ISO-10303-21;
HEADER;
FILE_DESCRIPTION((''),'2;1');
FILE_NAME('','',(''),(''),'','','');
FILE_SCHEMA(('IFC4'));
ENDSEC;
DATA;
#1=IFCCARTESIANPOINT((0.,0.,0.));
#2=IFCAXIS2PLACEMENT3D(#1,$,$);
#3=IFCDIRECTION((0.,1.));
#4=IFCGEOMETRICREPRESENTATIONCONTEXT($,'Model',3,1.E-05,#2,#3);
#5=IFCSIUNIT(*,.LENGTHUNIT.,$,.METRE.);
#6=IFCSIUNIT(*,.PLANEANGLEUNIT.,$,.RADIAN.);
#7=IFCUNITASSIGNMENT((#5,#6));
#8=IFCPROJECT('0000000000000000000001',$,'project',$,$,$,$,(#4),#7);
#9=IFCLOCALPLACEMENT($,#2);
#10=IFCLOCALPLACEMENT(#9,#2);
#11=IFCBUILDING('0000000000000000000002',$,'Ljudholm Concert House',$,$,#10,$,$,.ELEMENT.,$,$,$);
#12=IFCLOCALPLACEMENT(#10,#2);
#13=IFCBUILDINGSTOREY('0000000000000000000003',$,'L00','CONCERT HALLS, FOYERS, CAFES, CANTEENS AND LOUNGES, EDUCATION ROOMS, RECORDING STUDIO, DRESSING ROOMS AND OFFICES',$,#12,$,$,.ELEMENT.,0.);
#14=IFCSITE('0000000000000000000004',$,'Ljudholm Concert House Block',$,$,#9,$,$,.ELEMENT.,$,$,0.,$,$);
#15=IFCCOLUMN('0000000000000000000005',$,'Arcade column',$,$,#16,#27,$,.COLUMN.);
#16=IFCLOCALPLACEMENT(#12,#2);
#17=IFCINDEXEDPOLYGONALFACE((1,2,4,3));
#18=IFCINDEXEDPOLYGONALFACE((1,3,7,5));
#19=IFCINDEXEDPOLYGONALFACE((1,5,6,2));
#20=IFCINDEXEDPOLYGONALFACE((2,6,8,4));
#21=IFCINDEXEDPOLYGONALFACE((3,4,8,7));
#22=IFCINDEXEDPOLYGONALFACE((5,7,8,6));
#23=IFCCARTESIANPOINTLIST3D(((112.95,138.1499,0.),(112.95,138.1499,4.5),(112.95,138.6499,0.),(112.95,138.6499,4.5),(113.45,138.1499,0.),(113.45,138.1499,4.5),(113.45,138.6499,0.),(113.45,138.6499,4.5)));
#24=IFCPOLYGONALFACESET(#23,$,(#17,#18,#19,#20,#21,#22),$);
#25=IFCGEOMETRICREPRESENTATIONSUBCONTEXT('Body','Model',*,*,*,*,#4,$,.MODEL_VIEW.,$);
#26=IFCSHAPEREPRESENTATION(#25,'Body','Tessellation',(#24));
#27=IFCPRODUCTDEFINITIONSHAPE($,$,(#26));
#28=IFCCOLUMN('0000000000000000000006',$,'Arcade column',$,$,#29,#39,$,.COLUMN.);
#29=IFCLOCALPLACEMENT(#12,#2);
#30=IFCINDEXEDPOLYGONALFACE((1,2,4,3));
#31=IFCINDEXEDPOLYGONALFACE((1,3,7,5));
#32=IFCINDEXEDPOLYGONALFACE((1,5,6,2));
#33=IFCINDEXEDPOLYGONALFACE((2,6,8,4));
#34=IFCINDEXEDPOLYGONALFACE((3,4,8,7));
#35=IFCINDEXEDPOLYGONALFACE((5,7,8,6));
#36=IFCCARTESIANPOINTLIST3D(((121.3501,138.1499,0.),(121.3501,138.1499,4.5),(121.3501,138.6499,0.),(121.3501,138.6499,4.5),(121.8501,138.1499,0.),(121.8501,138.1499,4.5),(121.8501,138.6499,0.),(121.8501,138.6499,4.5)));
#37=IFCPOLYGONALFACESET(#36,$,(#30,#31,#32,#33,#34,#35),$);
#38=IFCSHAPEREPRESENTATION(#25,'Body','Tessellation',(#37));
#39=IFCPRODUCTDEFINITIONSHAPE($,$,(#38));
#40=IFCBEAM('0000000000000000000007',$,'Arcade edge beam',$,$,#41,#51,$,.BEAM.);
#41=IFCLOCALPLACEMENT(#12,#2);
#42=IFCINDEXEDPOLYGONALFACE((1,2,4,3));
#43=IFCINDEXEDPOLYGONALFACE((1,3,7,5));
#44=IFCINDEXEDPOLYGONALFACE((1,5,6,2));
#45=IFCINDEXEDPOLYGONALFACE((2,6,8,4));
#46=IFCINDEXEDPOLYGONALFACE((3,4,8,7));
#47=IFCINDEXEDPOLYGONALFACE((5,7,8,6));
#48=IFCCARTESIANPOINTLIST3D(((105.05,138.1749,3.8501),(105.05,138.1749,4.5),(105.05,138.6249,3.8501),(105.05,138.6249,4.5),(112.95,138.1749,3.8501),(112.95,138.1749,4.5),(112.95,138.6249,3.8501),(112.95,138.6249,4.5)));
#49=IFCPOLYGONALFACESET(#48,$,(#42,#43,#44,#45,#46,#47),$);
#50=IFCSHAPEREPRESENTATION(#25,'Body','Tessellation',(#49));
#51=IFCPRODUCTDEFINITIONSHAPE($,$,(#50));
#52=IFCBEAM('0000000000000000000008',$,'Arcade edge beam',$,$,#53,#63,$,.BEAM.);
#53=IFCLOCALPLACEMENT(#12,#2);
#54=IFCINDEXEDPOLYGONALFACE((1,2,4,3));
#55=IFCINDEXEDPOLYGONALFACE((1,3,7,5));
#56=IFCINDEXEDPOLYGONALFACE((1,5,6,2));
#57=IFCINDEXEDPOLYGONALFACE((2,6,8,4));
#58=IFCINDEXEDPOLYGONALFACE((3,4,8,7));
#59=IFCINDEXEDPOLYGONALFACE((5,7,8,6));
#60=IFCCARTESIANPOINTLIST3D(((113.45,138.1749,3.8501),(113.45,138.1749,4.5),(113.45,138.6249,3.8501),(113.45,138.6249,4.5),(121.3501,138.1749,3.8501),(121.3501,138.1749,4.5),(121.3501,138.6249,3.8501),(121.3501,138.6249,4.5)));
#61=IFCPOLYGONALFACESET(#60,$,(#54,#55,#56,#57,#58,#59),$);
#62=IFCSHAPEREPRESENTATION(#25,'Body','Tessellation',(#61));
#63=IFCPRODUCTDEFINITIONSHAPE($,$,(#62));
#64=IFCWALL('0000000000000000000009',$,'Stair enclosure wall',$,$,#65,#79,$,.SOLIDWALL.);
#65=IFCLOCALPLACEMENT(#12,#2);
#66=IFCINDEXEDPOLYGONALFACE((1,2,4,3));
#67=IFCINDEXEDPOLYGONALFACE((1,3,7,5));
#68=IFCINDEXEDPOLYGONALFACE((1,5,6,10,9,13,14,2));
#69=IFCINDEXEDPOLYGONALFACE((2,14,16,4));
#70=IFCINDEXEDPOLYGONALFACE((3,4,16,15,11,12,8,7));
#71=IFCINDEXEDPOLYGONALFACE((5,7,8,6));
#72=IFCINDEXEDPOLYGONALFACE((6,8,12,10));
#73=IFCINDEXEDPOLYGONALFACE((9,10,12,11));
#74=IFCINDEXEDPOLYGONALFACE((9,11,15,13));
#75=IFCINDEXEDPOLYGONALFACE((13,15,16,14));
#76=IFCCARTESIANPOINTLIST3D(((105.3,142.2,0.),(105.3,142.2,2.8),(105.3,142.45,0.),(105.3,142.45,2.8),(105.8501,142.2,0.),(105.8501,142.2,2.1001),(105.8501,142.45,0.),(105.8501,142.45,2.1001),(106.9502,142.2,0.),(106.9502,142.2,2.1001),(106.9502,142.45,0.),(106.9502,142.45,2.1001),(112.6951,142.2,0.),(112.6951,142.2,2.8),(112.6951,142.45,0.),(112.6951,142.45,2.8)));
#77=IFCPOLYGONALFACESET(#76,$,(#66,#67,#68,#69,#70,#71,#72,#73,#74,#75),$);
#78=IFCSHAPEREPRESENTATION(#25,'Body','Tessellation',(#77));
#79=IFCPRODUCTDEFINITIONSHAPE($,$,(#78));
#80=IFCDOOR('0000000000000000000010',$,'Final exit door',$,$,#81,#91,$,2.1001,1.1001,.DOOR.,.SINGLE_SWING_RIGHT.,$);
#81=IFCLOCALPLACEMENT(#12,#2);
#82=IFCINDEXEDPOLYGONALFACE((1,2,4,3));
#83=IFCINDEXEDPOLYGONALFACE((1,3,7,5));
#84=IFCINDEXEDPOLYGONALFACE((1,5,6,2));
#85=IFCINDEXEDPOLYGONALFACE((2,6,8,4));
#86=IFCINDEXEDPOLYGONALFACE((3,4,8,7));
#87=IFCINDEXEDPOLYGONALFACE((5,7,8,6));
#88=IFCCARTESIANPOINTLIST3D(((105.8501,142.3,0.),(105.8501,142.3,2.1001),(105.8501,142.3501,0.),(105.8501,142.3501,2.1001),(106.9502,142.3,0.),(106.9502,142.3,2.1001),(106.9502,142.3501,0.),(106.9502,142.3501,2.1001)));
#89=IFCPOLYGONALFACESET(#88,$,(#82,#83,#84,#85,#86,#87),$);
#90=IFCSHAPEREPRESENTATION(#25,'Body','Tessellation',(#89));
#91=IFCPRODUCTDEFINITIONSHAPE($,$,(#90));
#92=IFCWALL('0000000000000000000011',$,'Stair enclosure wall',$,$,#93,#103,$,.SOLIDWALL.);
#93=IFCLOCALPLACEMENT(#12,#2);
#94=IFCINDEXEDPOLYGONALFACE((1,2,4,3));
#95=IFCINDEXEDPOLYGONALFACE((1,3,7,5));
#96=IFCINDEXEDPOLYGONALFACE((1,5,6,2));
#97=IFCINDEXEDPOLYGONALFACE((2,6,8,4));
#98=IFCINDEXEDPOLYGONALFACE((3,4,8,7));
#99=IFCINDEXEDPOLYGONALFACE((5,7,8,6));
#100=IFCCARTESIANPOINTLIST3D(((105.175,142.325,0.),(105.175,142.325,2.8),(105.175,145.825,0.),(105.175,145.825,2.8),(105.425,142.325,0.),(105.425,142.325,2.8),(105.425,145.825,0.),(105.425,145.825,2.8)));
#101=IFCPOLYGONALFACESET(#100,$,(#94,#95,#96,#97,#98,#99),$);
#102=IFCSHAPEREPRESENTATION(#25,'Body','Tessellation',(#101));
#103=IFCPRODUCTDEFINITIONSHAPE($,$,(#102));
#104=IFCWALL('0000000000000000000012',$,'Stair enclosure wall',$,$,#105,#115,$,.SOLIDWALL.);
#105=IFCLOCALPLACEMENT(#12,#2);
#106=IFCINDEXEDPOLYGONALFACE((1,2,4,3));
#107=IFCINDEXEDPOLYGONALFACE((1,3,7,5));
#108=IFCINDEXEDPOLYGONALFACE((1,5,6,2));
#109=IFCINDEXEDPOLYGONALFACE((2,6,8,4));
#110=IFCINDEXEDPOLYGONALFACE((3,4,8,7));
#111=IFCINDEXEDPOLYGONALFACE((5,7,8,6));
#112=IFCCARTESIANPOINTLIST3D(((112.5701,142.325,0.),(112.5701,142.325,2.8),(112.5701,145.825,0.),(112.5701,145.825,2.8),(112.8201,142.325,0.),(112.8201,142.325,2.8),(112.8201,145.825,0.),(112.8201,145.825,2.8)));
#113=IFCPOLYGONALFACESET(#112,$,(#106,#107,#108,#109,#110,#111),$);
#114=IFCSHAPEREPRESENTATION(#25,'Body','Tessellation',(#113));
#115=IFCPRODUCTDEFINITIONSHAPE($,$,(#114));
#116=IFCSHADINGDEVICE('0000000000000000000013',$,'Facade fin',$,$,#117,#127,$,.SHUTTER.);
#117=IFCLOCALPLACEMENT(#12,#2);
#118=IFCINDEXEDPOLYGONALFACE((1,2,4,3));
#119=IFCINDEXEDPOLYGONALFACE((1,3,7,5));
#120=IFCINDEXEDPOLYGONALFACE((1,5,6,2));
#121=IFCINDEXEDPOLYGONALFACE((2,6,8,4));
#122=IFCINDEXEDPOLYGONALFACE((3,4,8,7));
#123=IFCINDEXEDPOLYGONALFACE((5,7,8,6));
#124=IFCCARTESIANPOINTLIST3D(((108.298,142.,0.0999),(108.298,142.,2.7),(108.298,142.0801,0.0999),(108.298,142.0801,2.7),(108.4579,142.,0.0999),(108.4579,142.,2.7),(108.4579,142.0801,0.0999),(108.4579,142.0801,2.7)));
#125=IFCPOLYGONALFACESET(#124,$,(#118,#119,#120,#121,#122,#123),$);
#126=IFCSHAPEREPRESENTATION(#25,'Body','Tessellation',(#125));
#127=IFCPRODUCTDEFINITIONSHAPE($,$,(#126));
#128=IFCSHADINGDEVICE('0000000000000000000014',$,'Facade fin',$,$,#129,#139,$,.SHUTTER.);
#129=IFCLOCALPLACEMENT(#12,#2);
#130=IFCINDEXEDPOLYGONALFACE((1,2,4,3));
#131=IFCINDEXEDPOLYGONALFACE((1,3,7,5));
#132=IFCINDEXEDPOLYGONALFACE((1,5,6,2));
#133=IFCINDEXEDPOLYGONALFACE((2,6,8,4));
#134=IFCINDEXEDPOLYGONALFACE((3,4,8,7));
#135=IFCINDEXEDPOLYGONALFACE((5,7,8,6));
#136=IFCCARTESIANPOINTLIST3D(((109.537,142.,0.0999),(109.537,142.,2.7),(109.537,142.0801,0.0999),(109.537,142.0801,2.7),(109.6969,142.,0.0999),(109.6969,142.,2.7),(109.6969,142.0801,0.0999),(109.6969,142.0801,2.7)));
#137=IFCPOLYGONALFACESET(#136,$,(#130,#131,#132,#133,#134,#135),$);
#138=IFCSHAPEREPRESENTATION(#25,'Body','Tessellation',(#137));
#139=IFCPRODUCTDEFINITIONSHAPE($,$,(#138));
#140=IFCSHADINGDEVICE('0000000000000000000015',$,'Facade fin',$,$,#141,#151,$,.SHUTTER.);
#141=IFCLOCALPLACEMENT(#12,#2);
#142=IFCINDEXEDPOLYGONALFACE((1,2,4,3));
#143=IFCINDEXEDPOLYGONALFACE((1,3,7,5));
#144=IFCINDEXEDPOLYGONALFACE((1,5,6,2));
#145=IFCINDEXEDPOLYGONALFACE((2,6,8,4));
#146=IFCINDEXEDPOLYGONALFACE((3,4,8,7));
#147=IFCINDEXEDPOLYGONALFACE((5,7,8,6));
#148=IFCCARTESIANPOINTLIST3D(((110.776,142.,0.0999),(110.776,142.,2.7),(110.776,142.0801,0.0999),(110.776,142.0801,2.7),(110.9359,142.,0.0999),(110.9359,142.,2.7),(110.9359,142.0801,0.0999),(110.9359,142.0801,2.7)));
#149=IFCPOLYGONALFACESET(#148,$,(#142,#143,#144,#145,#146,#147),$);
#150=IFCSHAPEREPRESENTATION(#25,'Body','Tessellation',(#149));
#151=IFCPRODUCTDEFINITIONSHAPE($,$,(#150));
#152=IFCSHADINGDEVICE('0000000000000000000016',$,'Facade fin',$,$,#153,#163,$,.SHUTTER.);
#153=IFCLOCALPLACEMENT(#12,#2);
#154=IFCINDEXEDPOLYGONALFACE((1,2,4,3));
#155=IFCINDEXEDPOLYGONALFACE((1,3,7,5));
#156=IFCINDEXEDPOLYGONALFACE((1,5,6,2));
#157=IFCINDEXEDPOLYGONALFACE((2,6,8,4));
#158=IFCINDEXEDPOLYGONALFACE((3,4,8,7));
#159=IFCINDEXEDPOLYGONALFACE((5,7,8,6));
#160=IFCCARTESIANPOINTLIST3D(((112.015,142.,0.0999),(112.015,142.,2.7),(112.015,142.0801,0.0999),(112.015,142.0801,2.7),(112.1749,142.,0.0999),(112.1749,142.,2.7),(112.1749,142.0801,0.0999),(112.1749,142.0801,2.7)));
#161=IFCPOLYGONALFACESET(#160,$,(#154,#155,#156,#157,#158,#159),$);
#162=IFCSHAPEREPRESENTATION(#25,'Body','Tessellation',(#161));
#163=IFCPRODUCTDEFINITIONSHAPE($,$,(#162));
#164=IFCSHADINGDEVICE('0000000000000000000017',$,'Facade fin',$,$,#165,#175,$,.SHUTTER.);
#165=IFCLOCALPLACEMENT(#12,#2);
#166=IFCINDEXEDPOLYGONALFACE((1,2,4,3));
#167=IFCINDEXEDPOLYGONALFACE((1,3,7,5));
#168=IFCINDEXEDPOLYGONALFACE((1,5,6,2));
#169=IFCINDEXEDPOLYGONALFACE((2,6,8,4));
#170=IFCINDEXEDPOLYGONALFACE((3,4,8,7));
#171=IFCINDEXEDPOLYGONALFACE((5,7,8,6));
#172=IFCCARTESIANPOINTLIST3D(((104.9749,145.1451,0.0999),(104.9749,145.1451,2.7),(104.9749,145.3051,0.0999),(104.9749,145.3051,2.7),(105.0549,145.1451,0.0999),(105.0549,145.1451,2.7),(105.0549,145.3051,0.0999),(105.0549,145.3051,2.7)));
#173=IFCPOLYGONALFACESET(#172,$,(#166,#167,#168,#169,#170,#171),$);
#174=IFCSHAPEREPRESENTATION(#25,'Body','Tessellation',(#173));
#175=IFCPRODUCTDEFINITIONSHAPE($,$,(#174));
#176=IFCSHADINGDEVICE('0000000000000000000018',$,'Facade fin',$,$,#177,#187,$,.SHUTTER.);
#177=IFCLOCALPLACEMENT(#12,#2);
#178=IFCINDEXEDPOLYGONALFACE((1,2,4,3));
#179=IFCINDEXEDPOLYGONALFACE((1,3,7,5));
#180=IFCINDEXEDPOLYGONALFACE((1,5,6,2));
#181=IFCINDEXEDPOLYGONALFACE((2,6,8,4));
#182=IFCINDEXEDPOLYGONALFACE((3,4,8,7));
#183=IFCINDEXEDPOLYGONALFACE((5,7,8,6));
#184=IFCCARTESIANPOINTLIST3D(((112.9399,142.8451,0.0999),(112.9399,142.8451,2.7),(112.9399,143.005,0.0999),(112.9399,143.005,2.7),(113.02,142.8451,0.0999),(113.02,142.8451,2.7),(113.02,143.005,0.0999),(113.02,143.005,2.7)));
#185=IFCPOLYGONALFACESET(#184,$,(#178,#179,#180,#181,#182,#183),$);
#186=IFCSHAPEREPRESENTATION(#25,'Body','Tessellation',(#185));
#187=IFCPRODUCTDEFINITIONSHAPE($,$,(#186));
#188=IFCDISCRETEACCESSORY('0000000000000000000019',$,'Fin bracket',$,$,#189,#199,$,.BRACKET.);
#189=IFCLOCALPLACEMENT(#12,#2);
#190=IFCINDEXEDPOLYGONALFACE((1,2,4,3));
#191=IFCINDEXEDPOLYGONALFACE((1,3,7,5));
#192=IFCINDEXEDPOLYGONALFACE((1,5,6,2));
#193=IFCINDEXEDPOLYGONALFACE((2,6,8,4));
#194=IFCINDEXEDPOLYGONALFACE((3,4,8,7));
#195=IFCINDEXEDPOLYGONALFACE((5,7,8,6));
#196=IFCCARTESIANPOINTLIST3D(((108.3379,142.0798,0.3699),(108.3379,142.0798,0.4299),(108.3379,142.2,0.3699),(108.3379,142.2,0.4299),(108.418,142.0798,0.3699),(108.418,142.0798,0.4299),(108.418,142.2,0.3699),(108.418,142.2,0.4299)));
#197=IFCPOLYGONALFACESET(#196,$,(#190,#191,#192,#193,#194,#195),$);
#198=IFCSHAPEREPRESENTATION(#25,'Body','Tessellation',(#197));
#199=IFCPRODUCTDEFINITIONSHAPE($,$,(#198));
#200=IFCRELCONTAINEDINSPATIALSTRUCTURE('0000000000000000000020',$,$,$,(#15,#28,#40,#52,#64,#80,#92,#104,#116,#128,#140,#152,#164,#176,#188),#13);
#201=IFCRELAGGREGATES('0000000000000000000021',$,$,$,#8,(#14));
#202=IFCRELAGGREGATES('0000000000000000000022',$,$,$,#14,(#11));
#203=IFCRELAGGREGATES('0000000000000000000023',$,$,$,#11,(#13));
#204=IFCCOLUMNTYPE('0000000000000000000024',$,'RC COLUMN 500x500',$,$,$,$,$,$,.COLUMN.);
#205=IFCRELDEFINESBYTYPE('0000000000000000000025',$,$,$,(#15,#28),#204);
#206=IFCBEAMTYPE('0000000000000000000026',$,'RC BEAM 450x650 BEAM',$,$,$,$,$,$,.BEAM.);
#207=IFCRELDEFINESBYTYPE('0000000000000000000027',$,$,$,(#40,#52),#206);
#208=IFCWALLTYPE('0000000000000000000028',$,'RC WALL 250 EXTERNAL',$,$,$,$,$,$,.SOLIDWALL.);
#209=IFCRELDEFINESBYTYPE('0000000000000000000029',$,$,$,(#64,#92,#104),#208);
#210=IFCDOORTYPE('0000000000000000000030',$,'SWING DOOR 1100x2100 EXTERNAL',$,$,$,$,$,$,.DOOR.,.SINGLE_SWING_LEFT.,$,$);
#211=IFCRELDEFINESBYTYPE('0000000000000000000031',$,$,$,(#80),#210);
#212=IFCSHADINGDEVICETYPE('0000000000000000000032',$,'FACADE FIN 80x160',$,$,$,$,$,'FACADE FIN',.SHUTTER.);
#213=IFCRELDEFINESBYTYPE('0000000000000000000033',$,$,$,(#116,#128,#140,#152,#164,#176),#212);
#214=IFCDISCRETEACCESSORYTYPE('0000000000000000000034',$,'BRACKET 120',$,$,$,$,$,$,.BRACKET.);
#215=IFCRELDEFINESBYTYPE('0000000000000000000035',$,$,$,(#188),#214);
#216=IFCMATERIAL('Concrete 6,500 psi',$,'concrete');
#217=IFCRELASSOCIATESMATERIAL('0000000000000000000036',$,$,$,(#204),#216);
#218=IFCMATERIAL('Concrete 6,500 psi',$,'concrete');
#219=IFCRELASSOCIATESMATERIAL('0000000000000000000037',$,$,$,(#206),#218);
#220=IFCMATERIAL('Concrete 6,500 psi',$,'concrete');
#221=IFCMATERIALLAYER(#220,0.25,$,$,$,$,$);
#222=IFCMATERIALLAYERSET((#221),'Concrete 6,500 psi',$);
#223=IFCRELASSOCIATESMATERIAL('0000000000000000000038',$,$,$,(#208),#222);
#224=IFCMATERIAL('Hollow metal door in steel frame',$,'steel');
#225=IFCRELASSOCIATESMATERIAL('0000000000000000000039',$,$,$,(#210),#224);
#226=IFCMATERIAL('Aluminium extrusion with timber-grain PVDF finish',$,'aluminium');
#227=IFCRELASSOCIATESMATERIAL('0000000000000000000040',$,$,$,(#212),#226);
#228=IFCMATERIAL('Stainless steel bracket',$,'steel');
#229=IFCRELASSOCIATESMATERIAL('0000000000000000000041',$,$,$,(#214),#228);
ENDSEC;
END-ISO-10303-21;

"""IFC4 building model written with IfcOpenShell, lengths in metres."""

from ifc_helpers import new_model, si_unit, direction, frame, frame_2d, origin, origin_2d, place, context, subcontext, project, spatial, rectangle, extrude, material, layer, layer_set, material_profile, profile_set, type_object, element, fill, save


model = new_model("IFC4")

# Units and contexts
model_context = context("Model", 3, precision=1e-05, world=origin(), true_north=direction((0.0, 1.0)))
body_context = subcontext(model_context, "Body", "Model", "MODEL_VIEW")
ifc_project = project(units=[si_unit("LENGTHUNIT", "METRE"), si_unit("PLANEANGLEUNIT", "RADIAN")], contexts=[model_context])

# Site, building, storey
site_placement = place(None, origin())
site = spatial("IfcSite", under=ifc_project, at=site_placement, Name="Ljudholm Concert House Block", CompositionType="ELEMENT", RefElevation=0.0)
building_placement = place(site_placement, origin())
building = spatial("IfcBuilding", under=site, at=building_placement, Name="Ljudholm Concert House", CompositionType="ELEMENT")
storey_placement = place(building_placement, origin())
storey = spatial("IfcBuildingStorey", under=building, at=storey_placement, Name="L00", Description="CONCERT HALLS, FOYERS, CAFES, CANTEENS AND LOUNGES, EDUCATION ROOMS, RECORDING STUDIO, DRESSING ROOMS AND OFFICES", CompositionType="ELEMENT", Elevation=0.0)

# Columns
ifc_material_1 = material(Name="Concrete 6,500 psi", Category="concrete")
ifc_material_profile_1 = material_profile(ifc_material_1, rectangle(XDim=0.5, YDim=0.5, at=origin_2d()), Name="RC COLUMN 500x500")
ifc_profile_set_1 = profile_set([ifc_material_profile_1], Name="Concrete 6,500 psi")
column_type = type_object("IfcColumnType", Name="RC COLUMN 500x500", PredefinedType="COLUMN", material=ifc_profile_set_1)
for number, where, z_axis, x_axis, name in (
    (1, (113.2, 138.3999, 0.0), (0.0, 0.0, 1.0), (1.0, 0.0, 0.0), "Arcade column"),
    (2, (121.6001, 138.3999, 0.0), (0.0, 0.0, 1.0), (1.0, 0.0, 0.0), "Arcade column"),
):
    element("IfcColumn", number, at=place(storey_placement, frame(where, z_axis=z_axis, x_axis=x_axis)), inside=storey, type_object=column_type, Name=name, PredefinedType="COLUMN", context=body_context, shape_type="SweptSolid", body=[
        extrude(rectangle(XDim=0.5, YDim=0.5, at=origin_2d()), origin(), (0.0, 0.0, 1.0), 4.5),
    ])

# Beams
ifc_material_2 = material(Name="Concrete 6,500 psi", Category="concrete")
ifc_material_profile_2 = material_profile(ifc_material_2, rectangle(XDim=0.45, YDim=0.6499, at=origin_2d()), Name="RC BEAM 450x650 BEAM")
ifc_profile_set_2 = profile_set([ifc_material_profile_2], Name="Concrete 6,500 psi")
beam_type = type_object("IfcBeamType", Name="RC BEAM 450x650 BEAM", PredefinedType="BEAM", material=ifc_profile_set_2)
beam_1_placement = place(storey_placement, frame((105.05, 138.3999, 4.175), z_axis=(1.0, 0.0, 0.0), x_axis=(0.0, 1.0, 0.0)))
element("IfcBeam", 3, at=beam_1_placement, inside=storey, type_object=beam_type, Name="Arcade edge beam", PredefinedType="BEAM", context=body_context, shape_type="SweptSolid", body=[
    extrude(rectangle(XDim=0.45, YDim=0.6499, at=origin_2d()), origin(), (0.0, 0.0, 1.0), 7.8999),
])
beam_2_placement = place(storey_placement, frame((113.45, 138.3999, 4.175), z_axis=(1.0, 0.0, 0.0), x_axis=(0.0, 1.0, 0.0)))
element("IfcBeam", 4, at=beam_2_placement, inside=storey, type_object=beam_type, Name="Arcade edge beam", PredefinedType="BEAM", context=body_context, shape_type="SweptSolid", body=[
    extrude(rectangle(XDim=0.45, YDim=0.6499, at=origin_2d()), origin(), (0.0, 0.0, 1.0), 7.9001),
])

# Wall, opening, door
ifc_material_3 = material(Name="Concrete 6,500 psi", Category="concrete")
ifc_layer = layer(ifc_material_3, 0.25)
ifc_layer_set = layer_set([ifc_layer], Name="Concrete 6,500 psi")
wall_type = type_object("IfcWallType", Name="RC WALL 250 EXTERNAL", PredefinedType="SOLIDWALL", material=ifc_layer_set)
wall_placement = place(storey_placement, frame((105.3, 142.325, 0.0), z_axis=(0.0, 0.0, 1.0), x_axis=(1.0, 0.0, 0.0)))
wall = element("IfcWall", 5, at=wall_placement, inside=storey, type_object=wall_type, Name="Stair enclosure wall", PredefinedType="SOLIDWALL", context=body_context, shape_type="SweptSolid", body=[
    extrude(rectangle(XDim=7.395, YDim=0.25, at=frame_2d((3.6975, 0.0))), origin(), (0.0, 0.0, 1.0), 2.8),
])
opening_placement = place(wall_placement, frame((0.55, 0.0, 0.0)))
opening = element("IfcOpeningElement", 6, at=opening_placement, cuts=wall, PredefinedType="OPENING", context=body_context, shape_type="SweptSolid", body=[
    extrude(rectangle(XDim=1.1001, YDim=2.1001, at=frame_2d((0.55, 1.05))), frame((0.0, 0.135, 0.0), z_axis=(0.0, -1.0, 0.0), x_axis=(1.0, 0.0, 0.0)), (0.0, 0.0, 1.0), 0.27),
])
ifc_material_4 = material(Name="Hollow metal door in steel frame", Category="steel")
door_type = type_object("IfcDoorType", Name="SWING DOOR 1100x2100 EXTERNAL", OperationType="SINGLE_SWING_LEFT", PredefinedType="DOOR", material=ifc_material_4)
door_placement = place(opening_placement, frame((1.1001, 0.0, 0.0), z_axis=(0.0, 0.0, 1.0), x_axis=(-1.0, 0.0, 0.0)))
door = element("IfcDoor", 7, at=door_placement, inside=storey, type_object=door_type, Name="Final exit door", OperationType="SINGLE_SWING_RIGHT", OverallHeight=2.1001, OverallWidth=1.1001, PredefinedType="DOOR", context=body_context, shape_type="SweptSolid", body=[
    extrude(rectangle(XDim=1.1001, YDim=2.1001, at=frame_2d((0.55, 1.05))), frame((0.0, 0.0249, 0.0), z_axis=(0.0, -1.0, 0.0), x_axis=(1.0, 0.0, 0.0)), (0.0, 0.0, 1.0), 0.05),
])
fill(opening, door)

# Walls
for number, where, z_axis, x_axis, name in (
    (8, (105.3, 142.325, 0.0), (0.0, 0.0, 1.0), (0.0, 1.0, 0.0), "Stair enclosure wall"),
    (9, (112.6951, 142.325, 0.0), (0.0, 0.0, 1.0), (0.0, 1.0, 0.0), "Stair enclosure wall"),
):
    element("IfcWall", number, at=place(storey_placement, frame(where, z_axis=z_axis, x_axis=x_axis)), inside=storey, type_object=wall_type, Name=name, PredefinedType="SOLIDWALL", context=body_context, shape_type="SweptSolid", body=[
        extrude(rectangle(XDim=3.5, YDim=0.25, at=frame_2d((1.75, 0.0))), origin(), (0.0, 0.0, 1.0), 2.8),
    ])

# Shading devices
ifc_material_5 = material(Name="Aluminium extrusion with timber-grain PVDF finish", Category="aluminium")
shading_device_type = type_object("IfcShadingDeviceType", Name="FACADE FIN 80x160", ElementType="FACADE FIN", PredefinedType="SHUTTER", material=ifc_material_5)
for number, where, z_axis, x_axis, name in (
    (10, (108.3779, 142.04, 0.0999), (0.0, 0.0, 1.0), (0.0, -1.0, 0.0), "Facade fin"),
    (11, (109.6169, 142.04, 0.0999), (0.0, 0.0, 1.0), (0.0, -1.0, 0.0), "Facade fin"),
    (12, (110.856, 142.04, 0.0999), (0.0, 0.0, 1.0), (0.0, -1.0, 0.0), "Facade fin"),
    (13, (112.095, 142.04, 0.0999), (0.0, 0.0, 1.0), (0.0, -1.0, 0.0), "Facade fin"),
    (14, (105.0149, 145.2251, 0.0999), (0.0, 0.0, 1.0), (-1.0, 0.0, 0.0), "Facade fin"),
    (15, (112.98, 142.925, 0.0999), (0.0, 0.0, 1.0), (1.0, 0.0, 0.0), "Facade fin"),
):
    element("IfcShadingDevice", number, at=place(storey_placement, frame(where, z_axis=z_axis, x_axis=x_axis)), inside=storey, type_object=shading_device_type, Name=name, PredefinedType="SHUTTER", context=body_context, shape_type="SweptSolid", body=[
        extrude(rectangle(XDim=0.0801, YDim=0.1599, at=origin_2d()), origin(), (0.0, 0.0, 1.0), 2.6001),
    ])

# Discrete accessory
ifc_material_6 = material(Name="Stainless steel bracket", Category="steel")
discrete_accessory_type = type_object("IfcDiscreteAccessoryType", Name="BRACKET 120", PredefinedType="BRACKET", material=ifc_material_6)
for number, where, z_axis, x_axis, name in (
    (16, (108.3779, 142.1399, 0.3699), (0.0, 0.0, 1.0), (0.0, -1.0, 0.0), "Fin bracket"),
):
    element("IfcDiscreteAccessory", number, at=place(storey_placement, frame(where, z_axis=z_axis, x_axis=x_axis)), inside=storey, type_object=discrete_accessory_type, Name=name, PredefinedType="BRACKET", context=body_context, shape_type="SweptSolid", body=[
        extrude(rectangle(XDim=0.1201, YDim=0.0801, at=origin_2d()), origin(), (0.0, 0.0, 1.0), 0.0601),
    ])

save(model, "model.ifc")
